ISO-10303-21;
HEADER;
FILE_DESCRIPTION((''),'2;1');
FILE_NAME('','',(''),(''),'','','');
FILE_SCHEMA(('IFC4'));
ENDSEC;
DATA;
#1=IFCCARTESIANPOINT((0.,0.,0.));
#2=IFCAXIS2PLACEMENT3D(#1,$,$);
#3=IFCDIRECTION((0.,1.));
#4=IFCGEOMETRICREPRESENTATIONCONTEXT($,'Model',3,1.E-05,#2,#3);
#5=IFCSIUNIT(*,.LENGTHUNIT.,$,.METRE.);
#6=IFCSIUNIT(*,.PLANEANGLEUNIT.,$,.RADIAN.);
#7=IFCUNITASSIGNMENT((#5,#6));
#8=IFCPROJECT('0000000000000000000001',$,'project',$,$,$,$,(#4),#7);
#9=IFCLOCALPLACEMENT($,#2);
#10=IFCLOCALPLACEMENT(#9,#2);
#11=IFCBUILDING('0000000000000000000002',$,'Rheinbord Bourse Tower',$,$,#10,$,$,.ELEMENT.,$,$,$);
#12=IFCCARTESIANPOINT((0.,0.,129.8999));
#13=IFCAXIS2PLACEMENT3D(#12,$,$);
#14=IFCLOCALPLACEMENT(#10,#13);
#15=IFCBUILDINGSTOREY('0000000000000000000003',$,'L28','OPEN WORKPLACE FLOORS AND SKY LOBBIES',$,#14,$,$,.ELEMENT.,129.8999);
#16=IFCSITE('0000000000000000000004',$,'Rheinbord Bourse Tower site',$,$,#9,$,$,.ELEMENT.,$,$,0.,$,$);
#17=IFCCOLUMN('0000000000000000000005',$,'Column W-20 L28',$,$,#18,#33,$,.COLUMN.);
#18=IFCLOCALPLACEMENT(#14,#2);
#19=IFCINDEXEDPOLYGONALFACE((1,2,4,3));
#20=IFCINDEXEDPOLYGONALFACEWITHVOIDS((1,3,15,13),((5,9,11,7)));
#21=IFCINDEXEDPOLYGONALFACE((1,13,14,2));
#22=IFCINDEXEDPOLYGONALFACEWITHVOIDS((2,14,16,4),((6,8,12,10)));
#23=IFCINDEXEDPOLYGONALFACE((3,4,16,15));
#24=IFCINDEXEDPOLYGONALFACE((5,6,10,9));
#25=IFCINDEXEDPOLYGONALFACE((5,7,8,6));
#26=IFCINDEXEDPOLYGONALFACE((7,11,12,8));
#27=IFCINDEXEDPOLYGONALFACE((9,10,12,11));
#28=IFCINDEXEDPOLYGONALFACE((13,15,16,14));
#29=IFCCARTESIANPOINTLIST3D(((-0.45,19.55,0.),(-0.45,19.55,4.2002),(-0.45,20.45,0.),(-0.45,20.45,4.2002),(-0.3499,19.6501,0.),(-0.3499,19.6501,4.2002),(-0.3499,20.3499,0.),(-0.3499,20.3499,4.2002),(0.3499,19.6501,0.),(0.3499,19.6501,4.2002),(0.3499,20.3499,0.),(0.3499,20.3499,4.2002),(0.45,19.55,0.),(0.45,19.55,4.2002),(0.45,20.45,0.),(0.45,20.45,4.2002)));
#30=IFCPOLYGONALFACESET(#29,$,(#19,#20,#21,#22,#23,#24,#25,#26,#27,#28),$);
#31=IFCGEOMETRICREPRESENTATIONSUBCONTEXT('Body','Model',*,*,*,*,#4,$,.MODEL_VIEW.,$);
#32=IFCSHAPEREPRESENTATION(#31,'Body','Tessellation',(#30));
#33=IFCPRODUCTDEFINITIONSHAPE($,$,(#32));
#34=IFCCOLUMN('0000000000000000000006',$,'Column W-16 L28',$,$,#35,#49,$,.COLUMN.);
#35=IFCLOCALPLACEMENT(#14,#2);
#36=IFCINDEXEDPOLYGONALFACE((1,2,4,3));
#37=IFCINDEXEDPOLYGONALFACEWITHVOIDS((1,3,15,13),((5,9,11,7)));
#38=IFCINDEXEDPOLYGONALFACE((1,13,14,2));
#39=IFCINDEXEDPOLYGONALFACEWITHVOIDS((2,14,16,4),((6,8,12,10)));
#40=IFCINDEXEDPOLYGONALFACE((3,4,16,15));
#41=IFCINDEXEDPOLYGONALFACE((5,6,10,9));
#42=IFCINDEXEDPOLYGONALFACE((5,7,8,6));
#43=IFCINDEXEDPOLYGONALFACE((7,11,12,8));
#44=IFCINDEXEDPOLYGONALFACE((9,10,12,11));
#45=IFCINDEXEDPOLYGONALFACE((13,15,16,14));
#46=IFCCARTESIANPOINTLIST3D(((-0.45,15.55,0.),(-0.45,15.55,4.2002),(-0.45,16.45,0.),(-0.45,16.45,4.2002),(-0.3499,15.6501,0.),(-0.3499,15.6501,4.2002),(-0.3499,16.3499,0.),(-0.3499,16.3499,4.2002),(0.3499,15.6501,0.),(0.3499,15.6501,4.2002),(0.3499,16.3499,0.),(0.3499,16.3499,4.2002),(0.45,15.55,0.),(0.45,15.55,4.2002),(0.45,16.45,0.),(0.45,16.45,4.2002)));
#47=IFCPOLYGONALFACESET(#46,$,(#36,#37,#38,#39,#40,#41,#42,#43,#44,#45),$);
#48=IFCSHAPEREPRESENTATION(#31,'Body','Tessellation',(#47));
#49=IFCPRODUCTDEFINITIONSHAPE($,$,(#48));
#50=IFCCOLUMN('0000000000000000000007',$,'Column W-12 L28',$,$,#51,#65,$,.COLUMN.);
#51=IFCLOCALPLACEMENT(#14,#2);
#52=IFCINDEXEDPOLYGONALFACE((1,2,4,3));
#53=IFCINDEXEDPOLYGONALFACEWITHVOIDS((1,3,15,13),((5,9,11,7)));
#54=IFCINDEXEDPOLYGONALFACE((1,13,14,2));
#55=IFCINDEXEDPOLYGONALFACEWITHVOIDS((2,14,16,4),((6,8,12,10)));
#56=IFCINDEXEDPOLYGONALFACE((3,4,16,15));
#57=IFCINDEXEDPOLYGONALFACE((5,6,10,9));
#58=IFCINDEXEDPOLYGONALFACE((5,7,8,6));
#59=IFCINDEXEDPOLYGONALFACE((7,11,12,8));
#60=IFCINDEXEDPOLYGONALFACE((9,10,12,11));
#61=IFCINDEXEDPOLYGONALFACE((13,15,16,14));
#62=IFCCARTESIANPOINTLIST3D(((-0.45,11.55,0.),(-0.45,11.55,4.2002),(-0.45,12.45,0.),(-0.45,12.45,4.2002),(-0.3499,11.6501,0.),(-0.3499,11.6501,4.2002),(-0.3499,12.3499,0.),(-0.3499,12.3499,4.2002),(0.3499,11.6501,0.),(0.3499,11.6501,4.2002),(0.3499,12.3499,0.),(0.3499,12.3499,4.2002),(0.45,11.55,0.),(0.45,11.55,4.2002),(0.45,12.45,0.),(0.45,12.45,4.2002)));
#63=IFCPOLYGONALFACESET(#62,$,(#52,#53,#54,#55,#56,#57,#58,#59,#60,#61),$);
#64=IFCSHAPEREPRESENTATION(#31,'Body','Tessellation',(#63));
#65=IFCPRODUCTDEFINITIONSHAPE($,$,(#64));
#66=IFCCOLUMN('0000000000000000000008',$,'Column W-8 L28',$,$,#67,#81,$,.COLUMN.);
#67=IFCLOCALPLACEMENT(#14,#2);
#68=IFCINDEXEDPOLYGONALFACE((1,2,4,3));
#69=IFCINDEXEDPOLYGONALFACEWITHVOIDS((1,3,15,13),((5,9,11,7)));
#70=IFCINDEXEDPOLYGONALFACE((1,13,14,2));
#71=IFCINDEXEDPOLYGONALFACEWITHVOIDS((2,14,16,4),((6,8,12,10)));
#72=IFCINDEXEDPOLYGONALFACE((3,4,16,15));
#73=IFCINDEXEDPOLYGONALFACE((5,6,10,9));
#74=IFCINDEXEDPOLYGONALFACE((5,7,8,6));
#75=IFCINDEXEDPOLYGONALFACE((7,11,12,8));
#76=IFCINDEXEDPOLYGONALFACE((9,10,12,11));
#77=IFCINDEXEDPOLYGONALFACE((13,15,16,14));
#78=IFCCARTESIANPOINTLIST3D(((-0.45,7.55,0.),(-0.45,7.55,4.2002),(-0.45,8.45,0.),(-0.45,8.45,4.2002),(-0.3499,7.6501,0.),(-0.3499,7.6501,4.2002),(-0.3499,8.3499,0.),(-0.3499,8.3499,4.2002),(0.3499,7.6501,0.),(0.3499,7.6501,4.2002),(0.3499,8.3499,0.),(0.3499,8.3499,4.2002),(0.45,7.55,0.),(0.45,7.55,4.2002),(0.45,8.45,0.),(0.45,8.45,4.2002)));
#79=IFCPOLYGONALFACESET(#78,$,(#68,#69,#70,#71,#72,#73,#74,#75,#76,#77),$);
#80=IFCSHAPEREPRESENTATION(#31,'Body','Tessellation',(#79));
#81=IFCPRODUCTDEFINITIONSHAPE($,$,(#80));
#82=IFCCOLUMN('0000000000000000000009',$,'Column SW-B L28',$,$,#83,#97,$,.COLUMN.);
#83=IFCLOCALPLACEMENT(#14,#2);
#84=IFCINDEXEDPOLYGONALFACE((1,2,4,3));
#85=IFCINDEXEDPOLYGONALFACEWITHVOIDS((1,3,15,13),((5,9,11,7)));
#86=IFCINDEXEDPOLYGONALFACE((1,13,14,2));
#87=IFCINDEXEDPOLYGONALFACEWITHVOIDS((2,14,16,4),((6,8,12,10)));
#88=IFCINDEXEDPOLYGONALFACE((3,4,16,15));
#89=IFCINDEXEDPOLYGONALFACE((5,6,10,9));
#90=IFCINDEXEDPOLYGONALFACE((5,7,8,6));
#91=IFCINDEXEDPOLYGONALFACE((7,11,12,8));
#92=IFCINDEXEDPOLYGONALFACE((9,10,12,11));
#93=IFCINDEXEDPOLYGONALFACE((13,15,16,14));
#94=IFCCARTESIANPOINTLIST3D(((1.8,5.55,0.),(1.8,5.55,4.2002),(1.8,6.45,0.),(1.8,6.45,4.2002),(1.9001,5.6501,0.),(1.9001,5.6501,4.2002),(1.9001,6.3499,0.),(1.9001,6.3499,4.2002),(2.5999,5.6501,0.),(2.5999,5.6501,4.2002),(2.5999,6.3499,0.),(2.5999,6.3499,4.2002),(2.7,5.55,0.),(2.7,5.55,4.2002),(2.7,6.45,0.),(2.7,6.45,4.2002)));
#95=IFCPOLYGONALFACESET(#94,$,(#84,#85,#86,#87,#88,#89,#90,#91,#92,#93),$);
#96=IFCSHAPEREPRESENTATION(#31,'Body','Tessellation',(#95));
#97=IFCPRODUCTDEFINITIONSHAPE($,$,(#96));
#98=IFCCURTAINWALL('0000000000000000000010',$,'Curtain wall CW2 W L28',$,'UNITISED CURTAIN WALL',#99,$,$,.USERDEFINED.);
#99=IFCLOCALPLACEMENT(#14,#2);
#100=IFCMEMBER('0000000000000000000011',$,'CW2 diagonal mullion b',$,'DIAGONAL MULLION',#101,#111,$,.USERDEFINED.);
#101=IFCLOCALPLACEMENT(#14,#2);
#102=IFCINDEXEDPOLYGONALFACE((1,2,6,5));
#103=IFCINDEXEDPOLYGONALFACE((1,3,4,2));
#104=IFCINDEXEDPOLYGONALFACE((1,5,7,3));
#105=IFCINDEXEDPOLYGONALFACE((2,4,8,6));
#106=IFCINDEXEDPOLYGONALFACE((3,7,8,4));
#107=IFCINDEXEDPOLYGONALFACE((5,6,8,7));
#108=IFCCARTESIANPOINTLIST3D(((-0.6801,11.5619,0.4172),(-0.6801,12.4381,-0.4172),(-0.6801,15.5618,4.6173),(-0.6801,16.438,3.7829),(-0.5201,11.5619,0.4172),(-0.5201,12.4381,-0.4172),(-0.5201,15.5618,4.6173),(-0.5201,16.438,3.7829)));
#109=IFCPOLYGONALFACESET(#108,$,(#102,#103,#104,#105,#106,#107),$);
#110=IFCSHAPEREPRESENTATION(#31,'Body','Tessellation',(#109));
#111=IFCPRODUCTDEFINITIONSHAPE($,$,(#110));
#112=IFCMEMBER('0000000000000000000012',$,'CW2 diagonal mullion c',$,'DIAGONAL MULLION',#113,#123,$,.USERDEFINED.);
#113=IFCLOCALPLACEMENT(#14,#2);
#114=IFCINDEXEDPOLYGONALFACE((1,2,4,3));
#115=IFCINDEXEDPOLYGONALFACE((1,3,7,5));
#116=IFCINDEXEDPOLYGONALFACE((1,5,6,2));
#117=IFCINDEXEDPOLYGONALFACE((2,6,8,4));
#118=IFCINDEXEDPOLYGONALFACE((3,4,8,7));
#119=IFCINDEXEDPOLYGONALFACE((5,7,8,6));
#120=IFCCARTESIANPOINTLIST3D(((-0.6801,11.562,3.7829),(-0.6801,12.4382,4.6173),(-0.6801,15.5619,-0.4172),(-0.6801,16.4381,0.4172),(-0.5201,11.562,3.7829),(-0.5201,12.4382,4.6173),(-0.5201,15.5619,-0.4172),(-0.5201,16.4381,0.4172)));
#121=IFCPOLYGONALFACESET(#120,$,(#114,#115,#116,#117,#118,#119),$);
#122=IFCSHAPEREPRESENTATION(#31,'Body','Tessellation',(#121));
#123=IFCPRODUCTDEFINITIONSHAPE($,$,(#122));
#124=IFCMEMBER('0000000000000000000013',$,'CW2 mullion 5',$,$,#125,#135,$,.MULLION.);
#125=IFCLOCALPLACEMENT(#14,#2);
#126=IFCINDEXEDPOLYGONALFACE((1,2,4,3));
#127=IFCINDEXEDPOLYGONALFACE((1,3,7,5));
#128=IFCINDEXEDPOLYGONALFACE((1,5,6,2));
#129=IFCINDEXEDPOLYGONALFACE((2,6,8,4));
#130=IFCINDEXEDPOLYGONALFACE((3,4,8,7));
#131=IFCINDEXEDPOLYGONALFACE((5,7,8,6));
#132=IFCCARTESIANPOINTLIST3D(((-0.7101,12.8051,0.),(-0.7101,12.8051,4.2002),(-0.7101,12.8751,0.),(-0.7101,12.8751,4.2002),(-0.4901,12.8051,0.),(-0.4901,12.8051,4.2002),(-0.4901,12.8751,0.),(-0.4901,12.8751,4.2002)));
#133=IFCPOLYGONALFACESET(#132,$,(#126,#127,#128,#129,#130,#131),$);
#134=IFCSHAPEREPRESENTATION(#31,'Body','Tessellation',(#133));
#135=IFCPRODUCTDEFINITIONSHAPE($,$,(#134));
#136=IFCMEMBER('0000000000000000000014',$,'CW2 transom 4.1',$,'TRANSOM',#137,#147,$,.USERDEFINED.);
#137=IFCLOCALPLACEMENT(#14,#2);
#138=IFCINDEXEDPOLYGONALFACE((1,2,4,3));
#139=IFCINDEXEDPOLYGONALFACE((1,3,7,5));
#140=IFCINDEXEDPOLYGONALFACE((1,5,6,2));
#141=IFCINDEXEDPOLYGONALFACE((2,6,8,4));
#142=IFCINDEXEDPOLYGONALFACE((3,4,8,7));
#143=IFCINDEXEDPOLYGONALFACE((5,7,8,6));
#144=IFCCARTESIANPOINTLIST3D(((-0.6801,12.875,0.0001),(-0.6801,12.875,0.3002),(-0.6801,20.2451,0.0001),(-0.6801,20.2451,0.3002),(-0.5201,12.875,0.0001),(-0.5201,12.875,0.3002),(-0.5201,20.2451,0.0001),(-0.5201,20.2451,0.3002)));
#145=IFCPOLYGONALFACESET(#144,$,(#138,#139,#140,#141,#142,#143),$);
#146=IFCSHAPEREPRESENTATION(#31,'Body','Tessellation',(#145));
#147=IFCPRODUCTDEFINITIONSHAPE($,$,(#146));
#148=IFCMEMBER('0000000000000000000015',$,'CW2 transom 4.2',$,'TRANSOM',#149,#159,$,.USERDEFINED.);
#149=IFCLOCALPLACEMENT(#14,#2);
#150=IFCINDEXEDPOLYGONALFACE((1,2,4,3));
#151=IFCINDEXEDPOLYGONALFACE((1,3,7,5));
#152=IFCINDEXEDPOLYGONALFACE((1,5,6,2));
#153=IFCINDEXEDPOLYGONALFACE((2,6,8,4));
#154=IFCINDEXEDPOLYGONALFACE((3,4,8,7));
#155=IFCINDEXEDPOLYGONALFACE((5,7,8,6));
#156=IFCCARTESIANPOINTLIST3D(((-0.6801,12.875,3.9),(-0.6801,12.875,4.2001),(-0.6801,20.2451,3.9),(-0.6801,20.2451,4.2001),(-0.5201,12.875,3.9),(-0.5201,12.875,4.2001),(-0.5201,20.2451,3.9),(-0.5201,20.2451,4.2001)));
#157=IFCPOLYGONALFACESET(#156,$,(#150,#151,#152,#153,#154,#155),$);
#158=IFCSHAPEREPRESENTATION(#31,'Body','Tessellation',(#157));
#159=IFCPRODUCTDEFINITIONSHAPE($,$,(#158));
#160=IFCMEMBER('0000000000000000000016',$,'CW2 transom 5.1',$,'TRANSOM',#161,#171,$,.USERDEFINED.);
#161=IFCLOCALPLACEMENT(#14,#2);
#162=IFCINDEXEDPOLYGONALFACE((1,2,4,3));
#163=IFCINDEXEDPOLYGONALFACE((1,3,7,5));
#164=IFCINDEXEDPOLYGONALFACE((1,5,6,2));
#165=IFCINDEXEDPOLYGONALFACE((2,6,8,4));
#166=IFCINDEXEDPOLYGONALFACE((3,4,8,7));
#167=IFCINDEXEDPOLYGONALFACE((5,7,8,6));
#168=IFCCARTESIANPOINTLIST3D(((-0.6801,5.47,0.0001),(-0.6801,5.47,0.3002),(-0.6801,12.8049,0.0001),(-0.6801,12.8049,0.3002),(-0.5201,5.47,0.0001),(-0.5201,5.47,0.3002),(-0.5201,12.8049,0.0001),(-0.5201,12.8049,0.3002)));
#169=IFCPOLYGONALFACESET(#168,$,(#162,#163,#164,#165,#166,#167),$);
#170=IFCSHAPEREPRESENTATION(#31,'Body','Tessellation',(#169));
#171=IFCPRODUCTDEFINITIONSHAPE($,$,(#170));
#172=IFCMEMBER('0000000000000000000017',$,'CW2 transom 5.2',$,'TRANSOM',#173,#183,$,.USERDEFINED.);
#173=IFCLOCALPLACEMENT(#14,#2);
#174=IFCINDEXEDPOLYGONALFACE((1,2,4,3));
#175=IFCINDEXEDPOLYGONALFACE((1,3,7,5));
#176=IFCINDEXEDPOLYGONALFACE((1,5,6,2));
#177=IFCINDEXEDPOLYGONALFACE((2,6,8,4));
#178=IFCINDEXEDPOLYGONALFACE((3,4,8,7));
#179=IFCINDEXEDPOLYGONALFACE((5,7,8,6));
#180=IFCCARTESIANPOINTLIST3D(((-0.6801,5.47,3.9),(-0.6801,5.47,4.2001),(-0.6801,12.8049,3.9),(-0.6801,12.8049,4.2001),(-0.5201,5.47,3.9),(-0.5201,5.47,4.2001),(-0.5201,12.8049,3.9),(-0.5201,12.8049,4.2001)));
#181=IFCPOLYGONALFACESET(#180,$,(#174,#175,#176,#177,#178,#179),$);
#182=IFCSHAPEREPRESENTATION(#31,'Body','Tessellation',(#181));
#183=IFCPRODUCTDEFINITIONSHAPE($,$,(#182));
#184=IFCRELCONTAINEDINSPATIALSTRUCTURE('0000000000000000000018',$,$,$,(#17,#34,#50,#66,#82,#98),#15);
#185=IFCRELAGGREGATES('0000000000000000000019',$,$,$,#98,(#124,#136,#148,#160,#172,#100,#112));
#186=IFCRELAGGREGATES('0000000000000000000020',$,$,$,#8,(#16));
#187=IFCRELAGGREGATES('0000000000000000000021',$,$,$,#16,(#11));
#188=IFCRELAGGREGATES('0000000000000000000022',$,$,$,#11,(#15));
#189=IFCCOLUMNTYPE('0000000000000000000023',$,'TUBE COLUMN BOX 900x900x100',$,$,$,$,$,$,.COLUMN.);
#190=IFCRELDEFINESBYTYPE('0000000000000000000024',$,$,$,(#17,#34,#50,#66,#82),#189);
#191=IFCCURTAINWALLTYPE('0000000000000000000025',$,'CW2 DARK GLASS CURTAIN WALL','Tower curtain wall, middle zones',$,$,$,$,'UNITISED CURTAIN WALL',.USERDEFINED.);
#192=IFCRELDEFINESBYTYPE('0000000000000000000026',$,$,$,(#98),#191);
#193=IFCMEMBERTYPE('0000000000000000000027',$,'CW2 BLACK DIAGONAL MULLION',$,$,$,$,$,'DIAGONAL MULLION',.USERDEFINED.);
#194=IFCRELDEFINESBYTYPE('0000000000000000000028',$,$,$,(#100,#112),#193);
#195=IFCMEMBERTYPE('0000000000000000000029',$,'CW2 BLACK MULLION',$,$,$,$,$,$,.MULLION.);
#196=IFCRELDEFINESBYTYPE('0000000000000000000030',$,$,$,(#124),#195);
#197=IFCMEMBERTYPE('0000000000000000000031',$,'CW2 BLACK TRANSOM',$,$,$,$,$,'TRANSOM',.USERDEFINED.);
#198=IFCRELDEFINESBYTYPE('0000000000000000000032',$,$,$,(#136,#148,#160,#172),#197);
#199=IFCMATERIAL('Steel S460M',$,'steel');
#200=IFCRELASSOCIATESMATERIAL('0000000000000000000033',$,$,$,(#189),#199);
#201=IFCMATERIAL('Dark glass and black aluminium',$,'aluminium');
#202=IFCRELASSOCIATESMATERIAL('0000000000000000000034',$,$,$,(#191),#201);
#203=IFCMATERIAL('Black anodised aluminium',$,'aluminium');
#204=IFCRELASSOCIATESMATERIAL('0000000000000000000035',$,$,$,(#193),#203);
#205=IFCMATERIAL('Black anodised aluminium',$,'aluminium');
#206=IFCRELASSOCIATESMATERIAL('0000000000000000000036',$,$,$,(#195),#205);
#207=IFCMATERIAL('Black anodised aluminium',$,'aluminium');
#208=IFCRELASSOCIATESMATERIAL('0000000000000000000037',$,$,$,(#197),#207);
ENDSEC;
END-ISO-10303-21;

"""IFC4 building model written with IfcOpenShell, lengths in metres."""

from ifc_helpers import new_model, si_unit, direction, frame, origin, origin_2d, place, context, subcontext, project, spatial, rectangle, hollow_rectangle, extrude, material, material_profile, profile_set, type_object, element, aggregate, save


model = new_model("IFC4")

# Units and contexts
model_context = context("Model", 3, precision=1e-05, world=origin(), true_north=direction((0.0, 1.0)))
body_context = subcontext(model_context, "Body", "Model", "MODEL_VIEW")
ifc_project = project(units=[si_unit("LENGTHUNIT", "METRE"), si_unit("PLANEANGLEUNIT", "RADIAN")], contexts=[model_context])

# Site, building, storey
site_placement = place(None, origin())
site = spatial("IfcSite", under=ifc_project, at=site_placement, Name="Rheinbord Bourse Tower site", CompositionType="ELEMENT", RefElevation=0.0)
building_placement = place(site_placement, origin())
building = spatial("IfcBuilding", under=site, at=building_placement, Name="Rheinbord Bourse Tower", CompositionType="ELEMENT")
storey_placement = place(building_placement, frame((0.0, 0.0, 129.8999)))
storey = spatial("IfcBuildingStorey", under=building, at=storey_placement, Name="L28", Description="OPEN WORKPLACE FLOORS AND SKY LOBBIES", CompositionType="ELEMENT", Elevation=129.8999)

# Columns
ifc_material_1 = material(Name="Steel S460M", Category="steel")
ifc_material_profile_1 = material_profile(ifc_material_1, hollow_rectangle(XDim=0.8999, YDim=0.8999, WallThickness=0.1001, at=origin_2d()), Name="BOX 900x900x100")
ifc_profile_set_1 = profile_set([ifc_material_profile_1], Name="Steel S460M")
column_type = type_object("IfcColumnType", Name="TUBE COLUMN BOX 900x900x100", PredefinedType="COLUMN", material=ifc_profile_set_1)
for number, where, z_axis, x_axis, name in (
    (1, (0.0, 20.0, 0.0), (0.0, 0.0, 1.0), (1.0, 0.0, 0.0), "Column W-20 L28"),
    (2, (0.0, 16.0, 0.0), (0.0, 0.0, 1.0), (1.0, 0.0, 0.0), "Column W-16 L28"),
    (3, (0.0, 12.0, 0.0), (0.0, 0.0, 1.0), (1.0, 0.0, 0.0), "Column W-12 L28"),
    (4, (0.0, 8.0, 0.0), (0.0, 0.0, 1.0), (1.0, 0.0, 0.0), "Column W-8 L28"),
    (5, (2.25, 6.0, 0.0), (0.0, 0.0, 1.0), (1.0, 0.0, 0.0), "Column SW-B L28"),
):
    element("IfcColumn", number, at=place(storey_placement, frame(where, z_axis=z_axis, x_axis=x_axis)), inside=storey, type_object=column_type, Name=name, PredefinedType="COLUMN", context=body_context, shape_type="SweptSolid", body=[
        extrude(hollow_rectangle(XDim=0.8999, YDim=0.8999, WallThickness=0.1001, at=origin_2d()), origin(), (0.0, 0.0, 1.0), 4.2002),
    ])

# Curtain wall, members
ifc_material_2 = material(Name="Dark glass and black aluminium", Category="aluminium")
curtain_wall_type = type_object("IfcCurtainWallType", Name="CW2 DARK GLASS CURTAIN WALL", Description="Tower curtain wall, middle zones", ElementType="UNITISED CURTAIN WALL", PredefinedType="USERDEFINED", material=ifc_material_2)
curtain_wall_placement = place(storey_placement, origin())
curtain_wall = element("IfcCurtainWall", 6, at=curtain_wall_placement, inside=storey, type_object=curtain_wall_type, Name="Curtain wall CW2 W L28", ObjectType="UNITISED CURTAIN WALL", PredefinedType="USERDEFINED")
ifc_material_3 = material(Name="Black anodised aluminium", Category="aluminium")
ifc_material_profile_2 = material_profile(ifc_material_3, rectangle(XDim=0.1599, YDim=1.21, at=origin_2d()), Name="CW2 DIAGONAL MULLION 1210x160")
ifc_profile_set_2 = profile_set([ifc_material_profile_2], Name="Black anodised aluminium")
member_type_1 = type_object("IfcMemberType", Name="CW2 BLACK DIAGONAL MULLION", ElementType="DIAGONAL MULLION", PredefinedType="USERDEFINED", material=ifc_profile_set_2)
member_1_placement = place(storey_placement, frame((-0.6001, 12.0, 0.0), z_axis=(0.0, 0.689638, 0.724154), x_axis=(-1.0, 0.0, 0.0)))
member_1 = element("IfcMember", 7, at=member_1_placement, type_object=member_type_1, Name="CW2 diagonal mullion b", ObjectType="DIAGONAL MULLION", PredefinedType="USERDEFINED", context=body_context, shape_type="SweptSolid", body=[
    extrude(rectangle(XDim=0.1599, YDim=1.21, at=origin_2d()), origin(), (0.0, 0.0, 1.0), 5.8),
])
member_2_placement = place(storey_placement, frame((-0.6001, 16.0, 0.0), z_axis=(0.0, -0.689638, 0.724154), x_axis=(1.0, 0.0, 0.0)))
member_2 = element("IfcMember", 8, at=member_2_placement, type_object=member_type_1, Name="CW2 diagonal mullion c", ObjectType="DIAGONAL MULLION", PredefinedType="USERDEFINED", context=body_context, shape_type="SweptSolid", body=[
    extrude(rectangle(XDim=0.1599, YDim=1.21, at=origin_2d()), origin(), (0.0, 0.0, 1.0), 5.8),
])
ifc_material_4 = material(Name="Black anodised aluminium", Category="aluminium")
ifc_material_profile_3 = material_profile(ifc_material_4, rectangle(XDim=0.22, YDim=0.0701, at=origin_2d()), Name="CW2 MULLION 70x220")
ifc_profile_set_3 = profile_set([ifc_material_profile_3], Name="Black anodised aluminium")
member_type_2 = type_object("IfcMemberType", Name="CW2 BLACK MULLION", PredefinedType="MULLION", material=ifc_profile_set_3)
member_3_placement = place(storey_placement, frame((-0.6001, 12.8401, 0.0), z_axis=(0.0, 0.0, 1.0), x_axis=(1.0, 0.0, 0.0)))
member_3 = element("IfcMember", 9, at=member_3_placement, type_object=member_type_2, Name="CW2 mullion 5", PredefinedType="MULLION", context=body_context, shape_type="SweptSolid", body=[
    extrude(rectangle(XDim=0.22, YDim=0.0701, at=origin_2d()), origin(), (0.0, 0.0, 1.0), 4.2002),
])
ifc_material_5 = material(Name="Black anodised aluminium", Category="aluminium")
ifc_material_profile_4 = material_profile(ifc_material_5, rectangle(XDim=0.1599, YDim=0.3, at=origin_2d()), Name="CW2 TRANSOM 300x160")
ifc_profile_set_4 = profile_set([ifc_material_profile_4], Name="Black anodised aluminium")
member_type_3 = type_object("IfcMemberType", Name="CW2 BLACK TRANSOM", ElementType="TRANSOM", PredefinedType="USERDEFINED", material=ifc_profile_set_4)
member_4_placement = place(storey_placement, frame((-0.6001, 20.2451, 0.1501), z_axis=(0.0, -1.0, 0.0), x_axis=(1.0, 0.0, 0.0)))
member_4 = element("IfcMember", 10, at=member_4_placement, type_object=member_type_3, Name="CW2 transom 4.1", ObjectType="TRANSOM", PredefinedType="USERDEFINED", context=body_context, shape_type="SweptSolid", body=[
    extrude(rectangle(XDim=0.1599, YDim=0.3, at=origin_2d()), origin(), (0.0, 0.0, 1.0), 7.3701),
])
member_5_placement = place(storey_placement, frame((-0.6001, 20.2451, 4.05), z_axis=(0.0, -1.0, 0.0), x_axis=(1.0, 0.0, 0.0)))
member_5 = element("IfcMember", 11, at=member_5_placement, type_object=member_type_3, Name="CW2 transom 4.2", ObjectType="TRANSOM", PredefinedType="USERDEFINED", context=body_context, shape_type="SweptSolid", body=[
    extrude(rectangle(XDim=0.1599, YDim=0.3, at=origin_2d()), origin(), (0.0, 0.0, 1.0), 7.3701),
])
member_6_placement = place(storey_placement, frame((-0.6001, 12.8049, 0.1501), z_axis=(0.0, -1.0, 0.0), x_axis=(1.0, 0.0, 0.0)))
member_6 = element("IfcMember", 12, at=member_6_placement, type_object=member_type_3, Name="CW2 transom 5.1", ObjectType="TRANSOM", PredefinedType="USERDEFINED", context=body_context, shape_type="SweptSolid", body=[
    extrude(rectangle(XDim=0.1599, YDim=0.3, at=origin_2d()), origin(), (0.0, 0.0, 1.0), 7.335),
])
member_7_placement = place(storey_placement, frame((-0.6001, 12.8049, 4.05), z_axis=(0.0, -1.0, 0.0), x_axis=(1.0, 0.0, 0.0)))
member_7 = element("IfcMember", 13, at=member_7_placement, type_object=member_type_3, Name="CW2 transom 5.2", ObjectType="TRANSOM", PredefinedType="USERDEFINED", context=body_context, shape_type="SweptSolid", body=[
    extrude(rectangle(XDim=0.1599, YDim=0.3, at=origin_2d()), origin(), (0.0, 0.0, 1.0), 7.335),
])

aggregate(curtain_wall, [member_3, member_4, member_5, member_6, member_7, member_1, member_2])

save(model, "model.ifc")
